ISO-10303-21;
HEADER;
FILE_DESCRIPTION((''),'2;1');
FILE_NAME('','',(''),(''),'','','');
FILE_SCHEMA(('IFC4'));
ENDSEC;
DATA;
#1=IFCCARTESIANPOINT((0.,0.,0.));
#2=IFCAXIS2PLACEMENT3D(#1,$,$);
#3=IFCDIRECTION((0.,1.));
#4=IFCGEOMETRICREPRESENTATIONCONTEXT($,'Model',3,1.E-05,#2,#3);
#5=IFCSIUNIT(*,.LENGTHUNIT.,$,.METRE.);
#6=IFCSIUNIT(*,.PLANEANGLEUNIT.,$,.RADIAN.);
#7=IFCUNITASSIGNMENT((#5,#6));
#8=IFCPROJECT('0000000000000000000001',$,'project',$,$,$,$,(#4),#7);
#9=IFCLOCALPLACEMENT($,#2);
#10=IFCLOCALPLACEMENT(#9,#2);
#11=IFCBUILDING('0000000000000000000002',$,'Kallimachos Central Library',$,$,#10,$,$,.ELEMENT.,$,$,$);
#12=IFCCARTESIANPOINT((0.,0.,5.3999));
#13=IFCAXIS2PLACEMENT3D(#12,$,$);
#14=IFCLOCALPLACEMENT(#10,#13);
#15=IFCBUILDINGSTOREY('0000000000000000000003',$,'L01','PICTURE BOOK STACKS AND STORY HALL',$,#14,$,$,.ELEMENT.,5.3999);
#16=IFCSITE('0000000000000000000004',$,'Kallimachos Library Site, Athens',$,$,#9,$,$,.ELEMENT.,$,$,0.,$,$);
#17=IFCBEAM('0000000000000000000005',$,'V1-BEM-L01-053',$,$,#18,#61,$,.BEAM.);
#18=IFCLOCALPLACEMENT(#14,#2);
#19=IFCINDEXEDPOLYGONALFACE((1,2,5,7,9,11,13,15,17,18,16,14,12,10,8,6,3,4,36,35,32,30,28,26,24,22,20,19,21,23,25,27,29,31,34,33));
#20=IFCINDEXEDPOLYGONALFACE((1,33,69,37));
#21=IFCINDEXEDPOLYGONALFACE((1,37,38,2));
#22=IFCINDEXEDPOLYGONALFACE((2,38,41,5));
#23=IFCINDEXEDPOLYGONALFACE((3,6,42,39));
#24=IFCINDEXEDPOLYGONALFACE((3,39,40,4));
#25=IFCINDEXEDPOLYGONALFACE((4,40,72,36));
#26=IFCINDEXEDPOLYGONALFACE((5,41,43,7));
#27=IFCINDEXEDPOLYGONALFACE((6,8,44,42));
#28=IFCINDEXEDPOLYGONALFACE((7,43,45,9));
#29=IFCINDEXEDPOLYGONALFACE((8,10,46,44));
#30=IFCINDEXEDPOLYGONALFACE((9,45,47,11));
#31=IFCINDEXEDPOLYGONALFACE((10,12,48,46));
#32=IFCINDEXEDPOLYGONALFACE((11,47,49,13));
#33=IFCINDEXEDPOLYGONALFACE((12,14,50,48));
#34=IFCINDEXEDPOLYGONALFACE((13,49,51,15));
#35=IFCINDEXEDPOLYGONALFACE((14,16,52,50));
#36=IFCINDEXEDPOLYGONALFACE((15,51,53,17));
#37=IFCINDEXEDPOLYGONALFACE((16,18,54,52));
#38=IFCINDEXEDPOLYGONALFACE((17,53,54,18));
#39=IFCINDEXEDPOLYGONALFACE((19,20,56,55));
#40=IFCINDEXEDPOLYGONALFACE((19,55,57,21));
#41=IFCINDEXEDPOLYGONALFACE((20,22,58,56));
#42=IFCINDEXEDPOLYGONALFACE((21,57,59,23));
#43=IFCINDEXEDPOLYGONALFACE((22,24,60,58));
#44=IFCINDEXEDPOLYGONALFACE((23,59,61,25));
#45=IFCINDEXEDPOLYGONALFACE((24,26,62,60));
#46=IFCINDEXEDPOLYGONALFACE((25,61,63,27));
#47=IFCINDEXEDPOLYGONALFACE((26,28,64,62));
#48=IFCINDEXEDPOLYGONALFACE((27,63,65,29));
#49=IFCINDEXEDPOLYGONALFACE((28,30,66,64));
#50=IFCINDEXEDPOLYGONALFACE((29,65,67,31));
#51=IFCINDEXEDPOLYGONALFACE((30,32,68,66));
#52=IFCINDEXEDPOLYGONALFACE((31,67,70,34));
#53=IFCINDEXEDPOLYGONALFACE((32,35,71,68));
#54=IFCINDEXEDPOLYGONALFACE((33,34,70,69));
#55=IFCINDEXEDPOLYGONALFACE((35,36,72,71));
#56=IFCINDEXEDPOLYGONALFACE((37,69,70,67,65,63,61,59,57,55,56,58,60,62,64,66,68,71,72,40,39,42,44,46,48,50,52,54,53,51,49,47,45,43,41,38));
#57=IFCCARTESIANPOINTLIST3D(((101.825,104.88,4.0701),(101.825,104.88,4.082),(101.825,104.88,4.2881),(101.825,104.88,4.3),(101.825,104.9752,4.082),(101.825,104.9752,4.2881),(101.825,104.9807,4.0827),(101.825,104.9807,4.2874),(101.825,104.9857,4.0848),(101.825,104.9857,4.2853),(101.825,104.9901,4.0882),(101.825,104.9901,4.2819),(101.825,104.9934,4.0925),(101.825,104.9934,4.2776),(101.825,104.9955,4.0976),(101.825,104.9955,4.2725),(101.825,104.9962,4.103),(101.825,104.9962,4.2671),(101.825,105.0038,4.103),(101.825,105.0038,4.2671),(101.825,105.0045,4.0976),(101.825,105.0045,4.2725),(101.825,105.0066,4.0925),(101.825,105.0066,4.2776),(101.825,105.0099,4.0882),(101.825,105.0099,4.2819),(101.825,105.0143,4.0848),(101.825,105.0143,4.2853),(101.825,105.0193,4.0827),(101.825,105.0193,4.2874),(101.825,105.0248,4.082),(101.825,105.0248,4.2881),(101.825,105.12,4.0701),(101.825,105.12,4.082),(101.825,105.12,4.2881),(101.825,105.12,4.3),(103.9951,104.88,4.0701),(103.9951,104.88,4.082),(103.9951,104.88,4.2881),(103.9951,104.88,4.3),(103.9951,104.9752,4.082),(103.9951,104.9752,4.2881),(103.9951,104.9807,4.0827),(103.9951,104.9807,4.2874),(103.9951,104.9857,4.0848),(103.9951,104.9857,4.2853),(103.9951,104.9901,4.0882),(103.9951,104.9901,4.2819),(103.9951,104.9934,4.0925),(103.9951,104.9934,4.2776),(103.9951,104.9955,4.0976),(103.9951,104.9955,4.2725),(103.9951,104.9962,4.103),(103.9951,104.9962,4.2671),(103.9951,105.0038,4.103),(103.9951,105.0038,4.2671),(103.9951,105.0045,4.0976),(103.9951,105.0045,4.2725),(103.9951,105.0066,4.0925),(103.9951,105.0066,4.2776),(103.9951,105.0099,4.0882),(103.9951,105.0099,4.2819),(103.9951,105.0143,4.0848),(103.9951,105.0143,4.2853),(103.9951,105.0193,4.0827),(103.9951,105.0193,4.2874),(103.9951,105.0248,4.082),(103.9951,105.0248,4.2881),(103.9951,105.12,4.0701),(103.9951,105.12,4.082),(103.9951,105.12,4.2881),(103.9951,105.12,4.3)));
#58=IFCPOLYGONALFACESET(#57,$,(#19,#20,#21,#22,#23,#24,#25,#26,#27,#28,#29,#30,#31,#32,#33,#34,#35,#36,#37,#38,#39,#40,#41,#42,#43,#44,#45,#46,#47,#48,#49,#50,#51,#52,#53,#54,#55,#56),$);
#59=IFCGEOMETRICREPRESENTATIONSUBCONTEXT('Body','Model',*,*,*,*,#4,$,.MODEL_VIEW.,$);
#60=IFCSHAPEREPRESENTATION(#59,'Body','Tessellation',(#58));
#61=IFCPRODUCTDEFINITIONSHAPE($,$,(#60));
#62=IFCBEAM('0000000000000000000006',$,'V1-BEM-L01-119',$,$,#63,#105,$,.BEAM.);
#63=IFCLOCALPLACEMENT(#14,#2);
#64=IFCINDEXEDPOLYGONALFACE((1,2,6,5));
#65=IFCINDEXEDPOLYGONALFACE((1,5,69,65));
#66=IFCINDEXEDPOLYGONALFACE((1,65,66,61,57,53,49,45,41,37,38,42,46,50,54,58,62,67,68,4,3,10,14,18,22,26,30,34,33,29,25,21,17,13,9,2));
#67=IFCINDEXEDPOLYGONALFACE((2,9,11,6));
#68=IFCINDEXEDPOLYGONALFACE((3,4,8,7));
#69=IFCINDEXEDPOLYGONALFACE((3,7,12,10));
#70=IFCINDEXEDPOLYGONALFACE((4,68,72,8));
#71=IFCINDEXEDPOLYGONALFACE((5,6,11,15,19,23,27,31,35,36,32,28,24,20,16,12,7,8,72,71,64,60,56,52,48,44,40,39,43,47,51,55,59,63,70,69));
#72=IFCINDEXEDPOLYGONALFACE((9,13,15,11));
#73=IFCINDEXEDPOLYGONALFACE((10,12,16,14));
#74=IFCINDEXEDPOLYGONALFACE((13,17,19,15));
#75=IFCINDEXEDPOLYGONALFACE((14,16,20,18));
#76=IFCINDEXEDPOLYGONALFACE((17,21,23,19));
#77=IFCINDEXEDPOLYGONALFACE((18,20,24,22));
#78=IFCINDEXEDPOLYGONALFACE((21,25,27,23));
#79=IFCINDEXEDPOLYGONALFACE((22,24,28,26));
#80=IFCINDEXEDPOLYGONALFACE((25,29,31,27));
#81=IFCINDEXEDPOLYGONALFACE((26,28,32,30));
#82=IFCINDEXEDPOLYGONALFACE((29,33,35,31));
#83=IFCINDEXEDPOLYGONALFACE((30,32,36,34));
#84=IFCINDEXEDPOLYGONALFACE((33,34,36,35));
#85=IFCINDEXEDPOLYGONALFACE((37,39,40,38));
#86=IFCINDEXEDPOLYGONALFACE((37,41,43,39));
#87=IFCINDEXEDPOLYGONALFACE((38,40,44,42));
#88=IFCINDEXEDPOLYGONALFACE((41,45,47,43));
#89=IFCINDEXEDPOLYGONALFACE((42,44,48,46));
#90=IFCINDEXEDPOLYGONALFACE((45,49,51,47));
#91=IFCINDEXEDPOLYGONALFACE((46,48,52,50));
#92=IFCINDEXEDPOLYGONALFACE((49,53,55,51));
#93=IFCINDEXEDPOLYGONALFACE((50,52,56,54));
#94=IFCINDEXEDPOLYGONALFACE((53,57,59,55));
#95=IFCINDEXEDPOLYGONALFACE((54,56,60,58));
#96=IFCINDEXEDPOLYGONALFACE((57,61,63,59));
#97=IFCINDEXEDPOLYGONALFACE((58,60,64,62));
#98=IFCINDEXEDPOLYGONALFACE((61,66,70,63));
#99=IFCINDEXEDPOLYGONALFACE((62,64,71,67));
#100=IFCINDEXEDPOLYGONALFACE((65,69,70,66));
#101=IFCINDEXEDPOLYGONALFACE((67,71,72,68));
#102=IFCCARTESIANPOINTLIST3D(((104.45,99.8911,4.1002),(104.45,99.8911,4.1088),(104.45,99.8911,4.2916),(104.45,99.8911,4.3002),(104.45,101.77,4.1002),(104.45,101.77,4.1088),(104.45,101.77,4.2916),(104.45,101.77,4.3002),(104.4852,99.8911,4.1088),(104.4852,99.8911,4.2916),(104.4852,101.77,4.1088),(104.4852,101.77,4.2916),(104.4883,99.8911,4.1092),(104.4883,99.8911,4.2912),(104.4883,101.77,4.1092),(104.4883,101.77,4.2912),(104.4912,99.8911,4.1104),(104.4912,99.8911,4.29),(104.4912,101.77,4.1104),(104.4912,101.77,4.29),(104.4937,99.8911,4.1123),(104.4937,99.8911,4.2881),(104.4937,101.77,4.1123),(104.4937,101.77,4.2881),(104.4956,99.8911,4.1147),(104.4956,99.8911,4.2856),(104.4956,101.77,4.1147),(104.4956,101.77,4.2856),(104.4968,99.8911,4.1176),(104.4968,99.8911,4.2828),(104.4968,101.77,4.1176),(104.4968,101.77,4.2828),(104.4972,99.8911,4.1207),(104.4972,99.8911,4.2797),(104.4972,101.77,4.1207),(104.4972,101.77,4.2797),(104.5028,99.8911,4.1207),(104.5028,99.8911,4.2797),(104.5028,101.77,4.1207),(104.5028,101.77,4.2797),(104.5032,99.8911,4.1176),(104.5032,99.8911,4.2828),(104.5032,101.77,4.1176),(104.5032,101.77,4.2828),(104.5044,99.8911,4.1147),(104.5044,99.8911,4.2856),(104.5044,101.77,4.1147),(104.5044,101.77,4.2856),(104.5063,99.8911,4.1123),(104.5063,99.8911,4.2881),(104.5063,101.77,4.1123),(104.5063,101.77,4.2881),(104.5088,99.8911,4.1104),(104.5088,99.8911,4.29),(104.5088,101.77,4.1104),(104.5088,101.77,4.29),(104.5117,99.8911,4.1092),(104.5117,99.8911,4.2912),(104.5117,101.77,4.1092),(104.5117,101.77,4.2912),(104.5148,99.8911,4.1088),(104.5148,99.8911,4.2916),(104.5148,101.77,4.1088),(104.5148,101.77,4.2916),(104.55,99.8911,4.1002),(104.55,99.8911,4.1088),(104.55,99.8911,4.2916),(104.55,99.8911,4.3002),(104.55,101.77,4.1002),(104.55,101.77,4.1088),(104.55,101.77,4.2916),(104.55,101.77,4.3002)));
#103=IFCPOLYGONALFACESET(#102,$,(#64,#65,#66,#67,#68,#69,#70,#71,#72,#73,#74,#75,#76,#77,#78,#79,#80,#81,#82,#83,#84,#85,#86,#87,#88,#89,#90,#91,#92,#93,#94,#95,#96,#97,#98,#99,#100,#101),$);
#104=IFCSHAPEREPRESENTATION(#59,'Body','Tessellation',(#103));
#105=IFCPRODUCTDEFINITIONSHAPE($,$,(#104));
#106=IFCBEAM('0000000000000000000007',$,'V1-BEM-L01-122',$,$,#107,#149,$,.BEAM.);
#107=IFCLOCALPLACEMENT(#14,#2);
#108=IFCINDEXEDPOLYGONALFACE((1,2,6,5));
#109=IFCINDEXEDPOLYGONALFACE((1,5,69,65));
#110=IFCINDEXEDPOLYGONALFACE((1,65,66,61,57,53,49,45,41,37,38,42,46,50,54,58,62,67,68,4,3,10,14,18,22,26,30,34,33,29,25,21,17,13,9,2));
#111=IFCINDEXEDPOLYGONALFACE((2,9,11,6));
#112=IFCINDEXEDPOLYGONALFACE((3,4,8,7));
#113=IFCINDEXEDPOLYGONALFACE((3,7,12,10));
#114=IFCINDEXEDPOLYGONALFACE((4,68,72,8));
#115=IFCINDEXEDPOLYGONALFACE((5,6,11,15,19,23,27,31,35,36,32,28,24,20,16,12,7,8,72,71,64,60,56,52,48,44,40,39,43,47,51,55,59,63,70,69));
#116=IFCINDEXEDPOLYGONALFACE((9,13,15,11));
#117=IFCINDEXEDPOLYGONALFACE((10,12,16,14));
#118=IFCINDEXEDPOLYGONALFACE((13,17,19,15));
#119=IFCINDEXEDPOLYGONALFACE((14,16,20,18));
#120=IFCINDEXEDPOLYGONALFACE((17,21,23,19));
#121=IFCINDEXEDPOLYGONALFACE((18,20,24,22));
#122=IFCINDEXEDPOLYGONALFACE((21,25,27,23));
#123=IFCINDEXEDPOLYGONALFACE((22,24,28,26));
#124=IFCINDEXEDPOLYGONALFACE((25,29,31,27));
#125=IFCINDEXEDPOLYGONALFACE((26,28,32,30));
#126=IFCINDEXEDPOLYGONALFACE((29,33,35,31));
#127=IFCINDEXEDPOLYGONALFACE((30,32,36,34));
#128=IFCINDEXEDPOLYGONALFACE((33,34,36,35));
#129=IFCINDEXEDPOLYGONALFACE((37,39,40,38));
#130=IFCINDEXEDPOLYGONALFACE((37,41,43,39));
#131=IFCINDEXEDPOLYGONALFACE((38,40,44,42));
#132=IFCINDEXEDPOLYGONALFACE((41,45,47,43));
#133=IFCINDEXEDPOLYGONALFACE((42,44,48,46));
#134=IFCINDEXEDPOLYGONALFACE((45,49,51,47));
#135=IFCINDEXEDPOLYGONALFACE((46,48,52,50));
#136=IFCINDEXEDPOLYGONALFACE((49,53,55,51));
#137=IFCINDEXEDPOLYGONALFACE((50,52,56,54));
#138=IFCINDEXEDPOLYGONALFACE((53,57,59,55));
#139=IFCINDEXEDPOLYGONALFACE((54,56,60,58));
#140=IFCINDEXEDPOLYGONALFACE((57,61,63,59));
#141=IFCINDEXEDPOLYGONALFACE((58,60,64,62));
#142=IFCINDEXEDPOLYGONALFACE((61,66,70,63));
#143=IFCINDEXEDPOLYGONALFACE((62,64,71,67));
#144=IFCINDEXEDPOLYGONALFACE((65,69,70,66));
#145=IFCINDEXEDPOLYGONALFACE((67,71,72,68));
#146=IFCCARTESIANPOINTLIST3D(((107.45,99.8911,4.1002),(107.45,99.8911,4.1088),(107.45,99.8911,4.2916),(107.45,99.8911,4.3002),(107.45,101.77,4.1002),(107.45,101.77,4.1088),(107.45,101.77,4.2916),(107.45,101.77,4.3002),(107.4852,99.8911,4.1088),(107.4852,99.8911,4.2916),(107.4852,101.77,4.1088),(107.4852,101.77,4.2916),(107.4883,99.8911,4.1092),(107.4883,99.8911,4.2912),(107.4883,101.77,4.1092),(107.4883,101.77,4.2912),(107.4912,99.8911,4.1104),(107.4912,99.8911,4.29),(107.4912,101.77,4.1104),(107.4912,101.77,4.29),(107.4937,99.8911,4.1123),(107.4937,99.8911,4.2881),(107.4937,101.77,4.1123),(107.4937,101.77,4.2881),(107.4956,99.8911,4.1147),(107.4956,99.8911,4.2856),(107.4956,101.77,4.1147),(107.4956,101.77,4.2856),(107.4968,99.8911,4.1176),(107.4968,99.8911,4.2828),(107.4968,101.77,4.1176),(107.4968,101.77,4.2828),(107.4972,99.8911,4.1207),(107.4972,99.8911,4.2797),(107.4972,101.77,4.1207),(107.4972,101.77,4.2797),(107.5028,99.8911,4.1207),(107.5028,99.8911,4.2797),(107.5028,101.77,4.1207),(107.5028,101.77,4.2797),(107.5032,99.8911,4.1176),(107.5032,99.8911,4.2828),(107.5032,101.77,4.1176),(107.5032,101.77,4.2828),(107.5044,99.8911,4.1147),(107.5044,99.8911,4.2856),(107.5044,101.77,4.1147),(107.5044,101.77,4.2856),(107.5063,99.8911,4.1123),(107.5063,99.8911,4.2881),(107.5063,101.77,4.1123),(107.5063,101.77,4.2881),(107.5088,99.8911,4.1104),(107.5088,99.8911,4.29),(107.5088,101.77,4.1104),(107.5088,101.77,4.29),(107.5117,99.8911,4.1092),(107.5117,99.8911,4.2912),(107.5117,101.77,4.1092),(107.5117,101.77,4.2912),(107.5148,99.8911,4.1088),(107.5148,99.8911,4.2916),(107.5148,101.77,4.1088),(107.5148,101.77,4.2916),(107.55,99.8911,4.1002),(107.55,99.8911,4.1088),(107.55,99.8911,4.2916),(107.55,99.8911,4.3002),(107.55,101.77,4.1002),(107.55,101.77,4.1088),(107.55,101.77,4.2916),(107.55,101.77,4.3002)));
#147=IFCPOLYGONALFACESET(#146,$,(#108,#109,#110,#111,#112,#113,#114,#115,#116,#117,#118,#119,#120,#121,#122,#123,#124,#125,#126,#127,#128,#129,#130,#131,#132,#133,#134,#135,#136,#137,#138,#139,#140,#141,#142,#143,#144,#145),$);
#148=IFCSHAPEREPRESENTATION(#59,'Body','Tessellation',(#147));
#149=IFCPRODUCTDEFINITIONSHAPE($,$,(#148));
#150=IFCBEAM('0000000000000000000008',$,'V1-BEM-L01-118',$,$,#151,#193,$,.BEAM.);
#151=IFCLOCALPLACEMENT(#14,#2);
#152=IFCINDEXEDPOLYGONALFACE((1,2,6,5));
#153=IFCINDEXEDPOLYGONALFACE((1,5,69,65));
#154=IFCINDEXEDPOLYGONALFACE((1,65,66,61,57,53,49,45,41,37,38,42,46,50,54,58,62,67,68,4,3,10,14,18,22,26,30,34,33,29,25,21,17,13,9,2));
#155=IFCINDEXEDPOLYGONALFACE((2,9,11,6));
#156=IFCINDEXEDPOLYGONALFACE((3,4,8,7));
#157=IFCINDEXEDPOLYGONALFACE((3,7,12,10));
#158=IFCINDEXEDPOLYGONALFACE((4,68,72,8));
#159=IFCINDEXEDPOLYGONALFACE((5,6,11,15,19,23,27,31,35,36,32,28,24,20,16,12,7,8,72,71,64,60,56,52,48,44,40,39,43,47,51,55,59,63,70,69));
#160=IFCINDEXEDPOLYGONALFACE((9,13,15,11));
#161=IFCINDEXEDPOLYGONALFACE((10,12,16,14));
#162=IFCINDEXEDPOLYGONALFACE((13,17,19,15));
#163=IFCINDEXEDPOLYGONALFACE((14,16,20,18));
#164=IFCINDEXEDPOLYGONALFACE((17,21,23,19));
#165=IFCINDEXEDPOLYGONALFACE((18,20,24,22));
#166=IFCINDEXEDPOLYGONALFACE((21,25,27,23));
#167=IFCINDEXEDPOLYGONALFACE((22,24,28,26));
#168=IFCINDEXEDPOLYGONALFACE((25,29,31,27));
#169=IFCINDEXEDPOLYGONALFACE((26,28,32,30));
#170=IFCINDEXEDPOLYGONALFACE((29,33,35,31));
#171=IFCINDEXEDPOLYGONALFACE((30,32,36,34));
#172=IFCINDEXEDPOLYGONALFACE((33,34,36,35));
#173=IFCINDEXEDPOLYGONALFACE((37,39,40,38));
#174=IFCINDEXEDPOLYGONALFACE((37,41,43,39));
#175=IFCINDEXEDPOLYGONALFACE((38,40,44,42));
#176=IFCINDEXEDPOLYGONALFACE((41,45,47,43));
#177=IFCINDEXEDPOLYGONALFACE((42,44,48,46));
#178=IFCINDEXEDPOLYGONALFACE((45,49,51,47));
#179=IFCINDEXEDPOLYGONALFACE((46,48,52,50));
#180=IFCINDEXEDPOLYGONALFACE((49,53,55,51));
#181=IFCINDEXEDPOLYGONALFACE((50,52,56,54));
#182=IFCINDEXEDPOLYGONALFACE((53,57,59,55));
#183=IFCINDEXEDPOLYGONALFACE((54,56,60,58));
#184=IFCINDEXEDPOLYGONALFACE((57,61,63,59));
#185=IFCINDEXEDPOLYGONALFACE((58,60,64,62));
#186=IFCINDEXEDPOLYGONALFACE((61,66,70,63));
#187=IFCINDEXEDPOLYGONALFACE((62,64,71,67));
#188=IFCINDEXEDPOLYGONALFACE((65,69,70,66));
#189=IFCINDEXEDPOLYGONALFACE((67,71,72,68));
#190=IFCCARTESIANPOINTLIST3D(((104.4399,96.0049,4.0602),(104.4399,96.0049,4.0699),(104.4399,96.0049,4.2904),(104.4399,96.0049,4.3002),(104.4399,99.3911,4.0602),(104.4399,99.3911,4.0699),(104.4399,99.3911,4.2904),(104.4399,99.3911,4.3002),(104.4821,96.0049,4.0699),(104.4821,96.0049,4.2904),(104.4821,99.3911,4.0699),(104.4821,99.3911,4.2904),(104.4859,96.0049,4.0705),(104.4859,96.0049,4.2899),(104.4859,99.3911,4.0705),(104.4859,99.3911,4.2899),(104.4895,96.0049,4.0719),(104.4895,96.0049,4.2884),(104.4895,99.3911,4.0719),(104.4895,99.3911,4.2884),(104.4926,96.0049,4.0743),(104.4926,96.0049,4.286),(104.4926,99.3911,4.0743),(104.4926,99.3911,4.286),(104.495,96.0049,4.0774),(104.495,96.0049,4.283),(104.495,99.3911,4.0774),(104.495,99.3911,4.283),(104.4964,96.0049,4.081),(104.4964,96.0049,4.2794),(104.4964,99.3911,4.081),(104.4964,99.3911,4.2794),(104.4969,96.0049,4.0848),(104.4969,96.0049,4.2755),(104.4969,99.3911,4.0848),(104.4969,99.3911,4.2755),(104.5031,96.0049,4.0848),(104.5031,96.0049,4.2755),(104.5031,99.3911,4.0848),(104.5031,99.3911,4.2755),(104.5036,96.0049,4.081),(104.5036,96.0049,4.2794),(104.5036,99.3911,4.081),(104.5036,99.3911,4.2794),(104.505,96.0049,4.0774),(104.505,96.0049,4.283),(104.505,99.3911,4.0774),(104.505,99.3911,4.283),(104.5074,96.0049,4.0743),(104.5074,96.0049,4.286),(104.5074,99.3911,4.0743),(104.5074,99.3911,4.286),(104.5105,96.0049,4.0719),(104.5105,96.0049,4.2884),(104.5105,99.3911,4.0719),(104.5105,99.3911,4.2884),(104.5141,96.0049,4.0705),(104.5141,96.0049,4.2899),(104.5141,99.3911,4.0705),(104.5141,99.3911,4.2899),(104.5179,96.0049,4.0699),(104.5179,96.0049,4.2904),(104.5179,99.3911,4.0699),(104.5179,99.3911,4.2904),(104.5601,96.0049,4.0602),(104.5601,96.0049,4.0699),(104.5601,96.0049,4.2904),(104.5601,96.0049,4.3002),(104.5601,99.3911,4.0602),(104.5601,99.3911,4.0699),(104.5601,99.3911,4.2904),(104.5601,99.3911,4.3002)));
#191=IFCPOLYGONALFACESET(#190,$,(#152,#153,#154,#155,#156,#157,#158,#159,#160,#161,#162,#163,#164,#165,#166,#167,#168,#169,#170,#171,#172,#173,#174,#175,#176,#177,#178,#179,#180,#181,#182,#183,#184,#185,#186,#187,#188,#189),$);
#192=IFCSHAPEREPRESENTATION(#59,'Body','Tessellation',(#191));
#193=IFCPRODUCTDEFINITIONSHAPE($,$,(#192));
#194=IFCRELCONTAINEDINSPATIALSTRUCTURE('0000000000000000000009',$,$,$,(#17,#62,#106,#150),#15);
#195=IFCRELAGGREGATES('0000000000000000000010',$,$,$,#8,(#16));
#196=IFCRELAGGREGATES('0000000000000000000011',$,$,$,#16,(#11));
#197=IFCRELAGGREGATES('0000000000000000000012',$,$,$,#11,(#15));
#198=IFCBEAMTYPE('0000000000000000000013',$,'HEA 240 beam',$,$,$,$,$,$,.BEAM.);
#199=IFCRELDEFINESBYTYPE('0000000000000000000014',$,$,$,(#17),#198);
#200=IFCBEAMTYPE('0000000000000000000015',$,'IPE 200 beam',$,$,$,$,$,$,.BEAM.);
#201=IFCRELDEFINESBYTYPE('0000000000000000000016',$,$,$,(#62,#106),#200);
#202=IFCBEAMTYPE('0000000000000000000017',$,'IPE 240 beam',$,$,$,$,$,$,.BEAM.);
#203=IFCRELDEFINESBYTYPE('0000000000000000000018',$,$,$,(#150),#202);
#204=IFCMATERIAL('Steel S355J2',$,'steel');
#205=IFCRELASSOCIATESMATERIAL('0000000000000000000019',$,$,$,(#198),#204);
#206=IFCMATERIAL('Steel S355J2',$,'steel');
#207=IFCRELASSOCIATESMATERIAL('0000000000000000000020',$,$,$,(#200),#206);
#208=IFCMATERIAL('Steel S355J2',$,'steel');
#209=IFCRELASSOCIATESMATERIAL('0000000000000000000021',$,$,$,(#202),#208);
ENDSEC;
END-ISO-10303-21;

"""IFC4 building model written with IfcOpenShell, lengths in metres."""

from ifc_helpers import new_model, si_unit, direction, frame, origin, origin_2d, place, context, subcontext, project, spatial, i_section, extrude, material, material_profile, profile_set, type_object, element, save


model = new_model("IFC4")

# Units and contexts
model_context = context("Model", 3, precision=1e-05, world=origin(), true_north=direction((0.0, 1.0)))
body_context = subcontext(model_context, "Body", "Model", "MODEL_VIEW")
ifc_project = project(units=[si_unit("LENGTHUNIT", "METRE"), si_unit("PLANEANGLEUNIT", "RADIAN")], contexts=[model_context])

# Site, building, storey
site_placement = place(None, origin())
site = spatial("IfcSite", under=ifc_project, at=site_placement, Name="Kallimachos Library Site, Athens", CompositionType="ELEMENT", RefElevation=0.0)
building_placement = place(site_placement, origin())
building = spatial("IfcBuilding", under=site, at=building_placement, Name="Kallimachos Central Library", CompositionType="ELEMENT")
storey_placement = place(building_placement, frame((0.0, 0.0, 5.3999)))
storey = spatial("IfcBuildingStorey", under=building, at=storey_placement, Name="L01", Description="PICTURE BOOK STACKS AND STORY HALL", CompositionType="ELEMENT", Elevation=5.3999)

# Beams
ifc_material_1 = material(Name="Steel S355J2", Category="steel")
ifc_material_profile_1 = material_profile(ifc_material_1, i_section(OverallWidth=0.24, OverallDepth=0.23, WebThickness=0.0076, FlangeThickness=0.012, FilletRadius=0.021, at=origin_2d()), Name="HEA 240")
ifc_profile_set_1 = profile_set([ifc_material_profile_1], Name="Steel S355J2")
beam_type_1 = type_object("IfcBeamType", Name="HEA 240 beam", PredefinedType="BEAM", material=ifc_profile_set_1)
beam_1_placement = place(storey_placement, frame((101.825, 105.0, 4.1851), z_axis=(1.0, 0.0, 0.0), x_axis=(0.0, 1.0, 0.0)))
element("IfcBeam", 1, at=beam_1_placement, inside=storey, type_object=beam_type_1, Name="V1-BEM-L01-053", PredefinedType="BEAM", context=body_context, shape_type="SweptSolid", body=[
    extrude(i_section(OverallWidth=0.24, OverallDepth=0.23, WebThickness=0.0076, FlangeThickness=0.012, FilletRadius=0.021, at=origin_2d()), origin(), (0.0, 0.0, 1.0), 2.1702),
])
ifc_material_2 = material(Name="Steel S355J2", Category="steel")
ifc_material_profile_2 = material_profile(ifc_material_2, i_section(OverallWidth=0.1001, OverallDepth=0.2, WebThickness=0.0056, FlangeThickness=0.0085, FilletRadius=0.012, at=origin_2d()), Name="IPE 200")
ifc_profile_set_2 = profile_set([ifc_material_profile_2], Name="Steel S355J2")
beam_type_2 = type_object("IfcBeamType", Name="IPE 200 beam", PredefinedType="BEAM", material=ifc_profile_set_2)
for number, where, z_axis, x_axis, name in (
    (2, (104.5, 99.8911, 4.2002), (0.0, 1.0, 0.0), (-1.0, 0.0, 0.0), "V1-BEM-L01-119"),
    (3, (107.5, 99.8911, 4.2002), (0.0, 1.0, 0.0), (-1.0, 0.0, 0.0), "V1-BEM-L01-122"),
):
    element("IfcBeam", number, at=place(storey_placement, frame(where, z_axis=z_axis, x_axis=x_axis)), inside=storey, type_object=beam_type_2, Name=name, PredefinedType="BEAM", context=body_context, shape_type="SweptSolid", body=[
        extrude(i_section(OverallWidth=0.1001, OverallDepth=0.2, WebThickness=0.0056, FlangeThickness=0.0085, FilletRadius=0.012, at=origin_2d()), origin(), (0.0, 0.0, 1.0), 1.8789),
    ])
ifc_material_3 = material(Name="Steel S355J2", Category="steel")
ifc_material_profile_3 = material_profile(ifc_material_3, i_section(OverallWidth=0.1201, OverallDepth=0.24, WebThickness=0.0061, FlangeThickness=0.0098, FilletRadius=0.0149, at=origin_2d()), Name="IPE 240")
ifc_profile_set_3 = profile_set([ifc_material_profile_3], Name="Steel S355J2")
beam_type_3 = type_object("IfcBeamType", Name="IPE 240 beam", PredefinedType="BEAM", material=ifc_profile_set_3)
for number, where, z_axis, x_axis, name in (
    (4, (104.5, 96.0049, 4.1802), (0.0, 1.0, 0.0), (-1.0, 0.0, 0.0), "V1-BEM-L01-118"),
):
    element("IfcBeam", number, at=place(storey_placement, frame(where, z_axis=z_axis, x_axis=x_axis)), inside=storey, type_object=beam_type_3, Name=name, PredefinedType="BEAM", context=body_context, shape_type="SweptSolid", body=[
        extrude(i_section(OverallWidth=0.1201, OverallDepth=0.24, WebThickness=0.0061, FlangeThickness=0.0098, FilletRadius=0.0149, at=origin_2d()), origin(), (0.0, 0.0, 1.0), 3.3862),
    ])

save(model, "model.ifc")
